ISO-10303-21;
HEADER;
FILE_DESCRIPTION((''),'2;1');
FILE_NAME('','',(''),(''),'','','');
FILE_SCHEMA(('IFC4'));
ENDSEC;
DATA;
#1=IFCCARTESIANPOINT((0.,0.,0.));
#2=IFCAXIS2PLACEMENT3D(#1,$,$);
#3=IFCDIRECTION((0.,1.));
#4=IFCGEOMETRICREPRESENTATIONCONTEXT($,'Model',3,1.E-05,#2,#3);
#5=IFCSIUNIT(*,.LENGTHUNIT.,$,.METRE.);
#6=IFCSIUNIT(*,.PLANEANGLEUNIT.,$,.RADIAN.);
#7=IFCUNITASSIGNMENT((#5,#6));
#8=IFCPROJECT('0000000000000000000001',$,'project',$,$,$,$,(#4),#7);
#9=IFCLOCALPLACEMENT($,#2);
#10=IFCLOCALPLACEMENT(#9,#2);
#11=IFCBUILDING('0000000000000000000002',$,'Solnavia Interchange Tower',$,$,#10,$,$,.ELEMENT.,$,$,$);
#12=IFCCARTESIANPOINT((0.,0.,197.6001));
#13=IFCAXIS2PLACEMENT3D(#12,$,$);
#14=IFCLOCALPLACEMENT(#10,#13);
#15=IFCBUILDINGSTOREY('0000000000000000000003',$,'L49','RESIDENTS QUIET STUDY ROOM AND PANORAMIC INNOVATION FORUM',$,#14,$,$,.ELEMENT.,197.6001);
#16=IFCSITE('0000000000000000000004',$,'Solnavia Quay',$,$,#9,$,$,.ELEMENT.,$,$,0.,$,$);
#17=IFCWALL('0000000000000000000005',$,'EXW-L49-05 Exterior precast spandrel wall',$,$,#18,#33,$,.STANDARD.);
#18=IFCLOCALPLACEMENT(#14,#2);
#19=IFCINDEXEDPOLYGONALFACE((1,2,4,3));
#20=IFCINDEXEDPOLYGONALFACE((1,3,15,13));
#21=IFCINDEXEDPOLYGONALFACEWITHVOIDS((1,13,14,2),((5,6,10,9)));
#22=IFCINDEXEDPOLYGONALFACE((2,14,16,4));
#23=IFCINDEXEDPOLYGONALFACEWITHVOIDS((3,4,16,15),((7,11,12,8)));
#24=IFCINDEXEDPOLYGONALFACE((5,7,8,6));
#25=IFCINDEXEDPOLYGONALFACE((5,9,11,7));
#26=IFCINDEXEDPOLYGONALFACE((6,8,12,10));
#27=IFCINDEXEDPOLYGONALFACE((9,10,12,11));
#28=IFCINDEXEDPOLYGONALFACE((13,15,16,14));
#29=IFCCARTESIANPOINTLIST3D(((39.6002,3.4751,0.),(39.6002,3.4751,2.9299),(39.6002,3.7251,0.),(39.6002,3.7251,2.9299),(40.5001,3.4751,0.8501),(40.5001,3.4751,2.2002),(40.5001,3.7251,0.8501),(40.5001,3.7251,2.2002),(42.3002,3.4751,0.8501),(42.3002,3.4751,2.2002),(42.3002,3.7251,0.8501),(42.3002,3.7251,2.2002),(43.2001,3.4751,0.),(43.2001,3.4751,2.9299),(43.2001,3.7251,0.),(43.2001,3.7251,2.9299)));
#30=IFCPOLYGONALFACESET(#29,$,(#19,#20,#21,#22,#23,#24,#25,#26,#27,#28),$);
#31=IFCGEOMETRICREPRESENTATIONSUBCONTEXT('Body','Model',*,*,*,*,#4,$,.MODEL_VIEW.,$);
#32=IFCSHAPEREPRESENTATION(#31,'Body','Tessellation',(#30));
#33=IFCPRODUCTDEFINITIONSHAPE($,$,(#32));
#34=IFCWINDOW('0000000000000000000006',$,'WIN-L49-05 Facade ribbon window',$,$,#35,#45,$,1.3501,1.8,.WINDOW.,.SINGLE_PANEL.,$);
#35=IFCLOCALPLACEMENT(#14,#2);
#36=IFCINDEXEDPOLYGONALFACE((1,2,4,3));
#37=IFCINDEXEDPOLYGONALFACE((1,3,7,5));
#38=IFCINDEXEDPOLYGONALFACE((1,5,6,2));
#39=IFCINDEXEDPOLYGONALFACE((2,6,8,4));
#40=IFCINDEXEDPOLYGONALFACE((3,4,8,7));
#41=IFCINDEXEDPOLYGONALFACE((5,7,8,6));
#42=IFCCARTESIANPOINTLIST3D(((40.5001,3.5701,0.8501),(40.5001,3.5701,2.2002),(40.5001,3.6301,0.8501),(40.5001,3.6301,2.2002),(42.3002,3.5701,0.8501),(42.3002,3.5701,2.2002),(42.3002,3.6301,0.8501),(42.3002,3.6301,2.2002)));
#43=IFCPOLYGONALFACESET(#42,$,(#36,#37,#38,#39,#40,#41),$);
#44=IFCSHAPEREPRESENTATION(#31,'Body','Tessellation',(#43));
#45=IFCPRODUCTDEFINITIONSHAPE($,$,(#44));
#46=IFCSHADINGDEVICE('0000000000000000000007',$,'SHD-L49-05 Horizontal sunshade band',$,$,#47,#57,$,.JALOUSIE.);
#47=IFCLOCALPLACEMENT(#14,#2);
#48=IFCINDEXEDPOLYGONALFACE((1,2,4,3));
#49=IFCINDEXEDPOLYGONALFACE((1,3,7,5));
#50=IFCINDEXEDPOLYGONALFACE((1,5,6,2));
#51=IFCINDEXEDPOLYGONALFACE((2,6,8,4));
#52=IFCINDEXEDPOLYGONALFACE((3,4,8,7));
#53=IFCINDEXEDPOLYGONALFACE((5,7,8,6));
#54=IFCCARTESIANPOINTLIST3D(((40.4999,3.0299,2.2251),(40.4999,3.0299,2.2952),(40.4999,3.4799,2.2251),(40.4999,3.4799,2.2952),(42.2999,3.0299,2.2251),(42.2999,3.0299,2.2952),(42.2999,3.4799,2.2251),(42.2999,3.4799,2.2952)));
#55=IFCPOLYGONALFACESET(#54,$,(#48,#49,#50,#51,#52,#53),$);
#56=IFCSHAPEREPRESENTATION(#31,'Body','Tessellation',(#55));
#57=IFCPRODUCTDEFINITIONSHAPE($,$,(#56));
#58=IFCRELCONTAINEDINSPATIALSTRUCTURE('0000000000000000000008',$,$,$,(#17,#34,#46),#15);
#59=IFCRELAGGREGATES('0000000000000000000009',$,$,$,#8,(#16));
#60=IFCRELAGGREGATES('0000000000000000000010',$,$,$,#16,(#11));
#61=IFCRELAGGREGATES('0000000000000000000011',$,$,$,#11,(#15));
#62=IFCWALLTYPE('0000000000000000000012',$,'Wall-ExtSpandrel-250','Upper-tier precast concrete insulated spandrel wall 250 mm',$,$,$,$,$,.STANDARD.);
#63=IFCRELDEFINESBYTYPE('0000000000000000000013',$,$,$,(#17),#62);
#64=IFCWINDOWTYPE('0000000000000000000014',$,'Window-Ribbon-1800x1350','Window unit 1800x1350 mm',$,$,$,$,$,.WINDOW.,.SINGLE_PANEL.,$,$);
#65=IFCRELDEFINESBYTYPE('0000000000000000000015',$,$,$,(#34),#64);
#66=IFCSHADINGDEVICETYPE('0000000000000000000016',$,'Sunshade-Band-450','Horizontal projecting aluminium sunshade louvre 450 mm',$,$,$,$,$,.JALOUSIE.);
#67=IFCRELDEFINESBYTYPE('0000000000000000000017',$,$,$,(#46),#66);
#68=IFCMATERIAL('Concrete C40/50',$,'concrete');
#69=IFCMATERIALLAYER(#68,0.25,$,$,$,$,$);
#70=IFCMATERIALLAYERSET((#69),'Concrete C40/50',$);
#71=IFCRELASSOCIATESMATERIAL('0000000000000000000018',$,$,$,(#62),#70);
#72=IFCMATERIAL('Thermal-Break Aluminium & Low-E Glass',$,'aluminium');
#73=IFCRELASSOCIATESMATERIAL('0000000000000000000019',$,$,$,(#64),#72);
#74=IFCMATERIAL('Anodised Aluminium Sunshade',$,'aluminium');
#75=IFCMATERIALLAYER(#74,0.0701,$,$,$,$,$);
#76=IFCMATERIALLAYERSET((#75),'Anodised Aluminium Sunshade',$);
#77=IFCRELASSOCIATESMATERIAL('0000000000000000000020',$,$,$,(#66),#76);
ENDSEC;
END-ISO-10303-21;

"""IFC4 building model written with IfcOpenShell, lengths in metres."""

from ifc_helpers import new_model, si_unit, direction, frame, frame_2d, origin, origin_2d, place, context, subcontext, project, spatial, rectangle, extrude, material, layer, layer_set, type_object, element, fill, save


model = new_model("IFC4")

# Units and contexts
model_context = context("Model", 3, precision=1e-05, world=origin(), true_north=direction((0.0, 1.0)))
body_context = subcontext(model_context, "Body", "Model", "MODEL_VIEW")
ifc_project = project(units=[si_unit("LENGTHUNIT", "METRE"), si_unit("PLANEANGLEUNIT", "RADIAN")], contexts=[model_context])

# Site, building, storey
site_placement = place(None, origin())
site = spatial("IfcSite", under=ifc_project, at=site_placement, Name="Solnavia Quay", CompositionType="ELEMENT", RefElevation=0.0)
building_placement = place(site_placement, origin())
building = spatial("IfcBuilding", under=site, at=building_placement, Name="Solnavia Interchange Tower", CompositionType="ELEMENT")
storey_placement = place(building_placement, frame((0.0, 0.0, 197.6001)))
storey = spatial("IfcBuildingStorey", under=building, at=storey_placement, Name="L49", Description="RESIDENTS QUIET STUDY ROOM AND PANORAMIC INNOVATION FORUM", CompositionType="ELEMENT", Elevation=197.6001)

# Shared definitions
ifc_material_1 = material(Name="Concrete C40/50", Category="concrete")
ifc_layer_1 = layer(ifc_material_1, 0.25)
ifc_layer_set_1 = layer_set([ifc_layer_1], Name="Concrete C40/50")
wall_type = type_object("IfcWallType", Name="Wall-ExtSpandrel-250", Description="Upper-tier precast concrete insulated spandrel wall 250 mm", PredefinedType="STANDARD", material=ifc_layer_set_1)

# Wall, opening, window
ifc_material_2 = material(Name="Thermal-Break Aluminium & Low-E Glass", Category="aluminium")
window_type = type_object("IfcWindowType", Name="Window-Ribbon-1800x1350", Description="Window unit 1800x1350 mm", PartitioningType="SINGLE_PANEL", PredefinedType="WINDOW", material=ifc_material_2)
wall_1_placement = place(storey_placement, frame((43.2, 3.6001, 0.0), z_axis=(0.0, 0.0, 1.0), x_axis=(-1.0, 0.0, 0.0)))
wall_1 = element("IfcWall", 1, at=wall_1_placement, inside=storey, type_object=wall_type, Name="EXW-L49-05 Exterior precast spandrel wall", PredefinedType="STANDARD", context=body_context, shape_type="SweptSolid", body=[
    extrude(rectangle(XDim=3.5999, YDim=0.25, at=frame_2d((1.7998, 0.0))), origin(), (0.0, 0.0, 1.0), 2.9299),
])
opening_1_placement = place(wall_1_placement, frame((0.8999, 0.0, 0.8501)))
opening_1 = element("IfcOpeningElement", 2, at=opening_1_placement, cuts=wall_1, PredefinedType="OPENING", context=body_context, shape_type="SweptSolid", body=[
    extrude(rectangle(XDim=1.8, YDim=1.3501, at=frame_2d((0.8999, 0.675))), frame((0.0, 0.135, 0.0), z_axis=(0.0, -1.0, 0.0), x_axis=(1.0, 0.0, 0.0)), (0.0, 0.0, 1.0), 0.27),
])
window_1_placement = place(opening_1_placement, origin())
window_1 = element("IfcWindow", 3, at=window_1_placement, inside=storey, type_object=window_type, Name="WIN-L49-05 Facade ribbon window", OverallHeight=1.3501, OverallWidth=1.8, PartitioningType="SINGLE_PANEL", PredefinedType="WINDOW", context=body_context, shape_type="SweptSolid", body=[
    extrude(rectangle(XDim=1.8, YDim=1.3501, at=frame_2d((0.8999, 0.675))), frame((0.0, 0.03, 0.0), z_axis=(0.0, -1.0, 0.0), x_axis=(1.0, 0.0, 0.0)), (0.0, 0.0, 1.0), 0.0601),
])
fill(opening_1, window_1)

# Shading device
ifc_material_3 = material(Name="Anodised Aluminium Sunshade", Category="aluminium")
ifc_layer_2 = layer(ifc_material_3, 0.0701)
ifc_layer_set_2 = layer_set([ifc_layer_2], Name="Anodised Aluminium Sunshade")
shading_device_type = type_object("IfcShadingDeviceType", Name="Sunshade-Band-450", Description="Horizontal projecting aluminium sunshade louvre 450 mm", PredefinedType="JALOUSIE", material=ifc_layer_set_2)
shading_device_placement = place(storey_placement, frame((41.3999, 3.2549, 2.2251), z_axis=(0.0, 0.0, 1.0), x_axis=(-1.0, 0.0, 0.0)))
element("IfcShadingDevice", 4, at=shading_device_placement, inside=storey, type_object=shading_device_type, Name="SHD-L49-05 Horizontal sunshade band", PredefinedType="JALOUSIE", context=body_context, shape_type="SweptSolid", body=[
    extrude(rectangle(XDim=1.8, YDim=0.45, at=origin_2d()), origin(), (0.0, 0.0, 1.0), 0.0701),
])

save(model, "model.ifc")
